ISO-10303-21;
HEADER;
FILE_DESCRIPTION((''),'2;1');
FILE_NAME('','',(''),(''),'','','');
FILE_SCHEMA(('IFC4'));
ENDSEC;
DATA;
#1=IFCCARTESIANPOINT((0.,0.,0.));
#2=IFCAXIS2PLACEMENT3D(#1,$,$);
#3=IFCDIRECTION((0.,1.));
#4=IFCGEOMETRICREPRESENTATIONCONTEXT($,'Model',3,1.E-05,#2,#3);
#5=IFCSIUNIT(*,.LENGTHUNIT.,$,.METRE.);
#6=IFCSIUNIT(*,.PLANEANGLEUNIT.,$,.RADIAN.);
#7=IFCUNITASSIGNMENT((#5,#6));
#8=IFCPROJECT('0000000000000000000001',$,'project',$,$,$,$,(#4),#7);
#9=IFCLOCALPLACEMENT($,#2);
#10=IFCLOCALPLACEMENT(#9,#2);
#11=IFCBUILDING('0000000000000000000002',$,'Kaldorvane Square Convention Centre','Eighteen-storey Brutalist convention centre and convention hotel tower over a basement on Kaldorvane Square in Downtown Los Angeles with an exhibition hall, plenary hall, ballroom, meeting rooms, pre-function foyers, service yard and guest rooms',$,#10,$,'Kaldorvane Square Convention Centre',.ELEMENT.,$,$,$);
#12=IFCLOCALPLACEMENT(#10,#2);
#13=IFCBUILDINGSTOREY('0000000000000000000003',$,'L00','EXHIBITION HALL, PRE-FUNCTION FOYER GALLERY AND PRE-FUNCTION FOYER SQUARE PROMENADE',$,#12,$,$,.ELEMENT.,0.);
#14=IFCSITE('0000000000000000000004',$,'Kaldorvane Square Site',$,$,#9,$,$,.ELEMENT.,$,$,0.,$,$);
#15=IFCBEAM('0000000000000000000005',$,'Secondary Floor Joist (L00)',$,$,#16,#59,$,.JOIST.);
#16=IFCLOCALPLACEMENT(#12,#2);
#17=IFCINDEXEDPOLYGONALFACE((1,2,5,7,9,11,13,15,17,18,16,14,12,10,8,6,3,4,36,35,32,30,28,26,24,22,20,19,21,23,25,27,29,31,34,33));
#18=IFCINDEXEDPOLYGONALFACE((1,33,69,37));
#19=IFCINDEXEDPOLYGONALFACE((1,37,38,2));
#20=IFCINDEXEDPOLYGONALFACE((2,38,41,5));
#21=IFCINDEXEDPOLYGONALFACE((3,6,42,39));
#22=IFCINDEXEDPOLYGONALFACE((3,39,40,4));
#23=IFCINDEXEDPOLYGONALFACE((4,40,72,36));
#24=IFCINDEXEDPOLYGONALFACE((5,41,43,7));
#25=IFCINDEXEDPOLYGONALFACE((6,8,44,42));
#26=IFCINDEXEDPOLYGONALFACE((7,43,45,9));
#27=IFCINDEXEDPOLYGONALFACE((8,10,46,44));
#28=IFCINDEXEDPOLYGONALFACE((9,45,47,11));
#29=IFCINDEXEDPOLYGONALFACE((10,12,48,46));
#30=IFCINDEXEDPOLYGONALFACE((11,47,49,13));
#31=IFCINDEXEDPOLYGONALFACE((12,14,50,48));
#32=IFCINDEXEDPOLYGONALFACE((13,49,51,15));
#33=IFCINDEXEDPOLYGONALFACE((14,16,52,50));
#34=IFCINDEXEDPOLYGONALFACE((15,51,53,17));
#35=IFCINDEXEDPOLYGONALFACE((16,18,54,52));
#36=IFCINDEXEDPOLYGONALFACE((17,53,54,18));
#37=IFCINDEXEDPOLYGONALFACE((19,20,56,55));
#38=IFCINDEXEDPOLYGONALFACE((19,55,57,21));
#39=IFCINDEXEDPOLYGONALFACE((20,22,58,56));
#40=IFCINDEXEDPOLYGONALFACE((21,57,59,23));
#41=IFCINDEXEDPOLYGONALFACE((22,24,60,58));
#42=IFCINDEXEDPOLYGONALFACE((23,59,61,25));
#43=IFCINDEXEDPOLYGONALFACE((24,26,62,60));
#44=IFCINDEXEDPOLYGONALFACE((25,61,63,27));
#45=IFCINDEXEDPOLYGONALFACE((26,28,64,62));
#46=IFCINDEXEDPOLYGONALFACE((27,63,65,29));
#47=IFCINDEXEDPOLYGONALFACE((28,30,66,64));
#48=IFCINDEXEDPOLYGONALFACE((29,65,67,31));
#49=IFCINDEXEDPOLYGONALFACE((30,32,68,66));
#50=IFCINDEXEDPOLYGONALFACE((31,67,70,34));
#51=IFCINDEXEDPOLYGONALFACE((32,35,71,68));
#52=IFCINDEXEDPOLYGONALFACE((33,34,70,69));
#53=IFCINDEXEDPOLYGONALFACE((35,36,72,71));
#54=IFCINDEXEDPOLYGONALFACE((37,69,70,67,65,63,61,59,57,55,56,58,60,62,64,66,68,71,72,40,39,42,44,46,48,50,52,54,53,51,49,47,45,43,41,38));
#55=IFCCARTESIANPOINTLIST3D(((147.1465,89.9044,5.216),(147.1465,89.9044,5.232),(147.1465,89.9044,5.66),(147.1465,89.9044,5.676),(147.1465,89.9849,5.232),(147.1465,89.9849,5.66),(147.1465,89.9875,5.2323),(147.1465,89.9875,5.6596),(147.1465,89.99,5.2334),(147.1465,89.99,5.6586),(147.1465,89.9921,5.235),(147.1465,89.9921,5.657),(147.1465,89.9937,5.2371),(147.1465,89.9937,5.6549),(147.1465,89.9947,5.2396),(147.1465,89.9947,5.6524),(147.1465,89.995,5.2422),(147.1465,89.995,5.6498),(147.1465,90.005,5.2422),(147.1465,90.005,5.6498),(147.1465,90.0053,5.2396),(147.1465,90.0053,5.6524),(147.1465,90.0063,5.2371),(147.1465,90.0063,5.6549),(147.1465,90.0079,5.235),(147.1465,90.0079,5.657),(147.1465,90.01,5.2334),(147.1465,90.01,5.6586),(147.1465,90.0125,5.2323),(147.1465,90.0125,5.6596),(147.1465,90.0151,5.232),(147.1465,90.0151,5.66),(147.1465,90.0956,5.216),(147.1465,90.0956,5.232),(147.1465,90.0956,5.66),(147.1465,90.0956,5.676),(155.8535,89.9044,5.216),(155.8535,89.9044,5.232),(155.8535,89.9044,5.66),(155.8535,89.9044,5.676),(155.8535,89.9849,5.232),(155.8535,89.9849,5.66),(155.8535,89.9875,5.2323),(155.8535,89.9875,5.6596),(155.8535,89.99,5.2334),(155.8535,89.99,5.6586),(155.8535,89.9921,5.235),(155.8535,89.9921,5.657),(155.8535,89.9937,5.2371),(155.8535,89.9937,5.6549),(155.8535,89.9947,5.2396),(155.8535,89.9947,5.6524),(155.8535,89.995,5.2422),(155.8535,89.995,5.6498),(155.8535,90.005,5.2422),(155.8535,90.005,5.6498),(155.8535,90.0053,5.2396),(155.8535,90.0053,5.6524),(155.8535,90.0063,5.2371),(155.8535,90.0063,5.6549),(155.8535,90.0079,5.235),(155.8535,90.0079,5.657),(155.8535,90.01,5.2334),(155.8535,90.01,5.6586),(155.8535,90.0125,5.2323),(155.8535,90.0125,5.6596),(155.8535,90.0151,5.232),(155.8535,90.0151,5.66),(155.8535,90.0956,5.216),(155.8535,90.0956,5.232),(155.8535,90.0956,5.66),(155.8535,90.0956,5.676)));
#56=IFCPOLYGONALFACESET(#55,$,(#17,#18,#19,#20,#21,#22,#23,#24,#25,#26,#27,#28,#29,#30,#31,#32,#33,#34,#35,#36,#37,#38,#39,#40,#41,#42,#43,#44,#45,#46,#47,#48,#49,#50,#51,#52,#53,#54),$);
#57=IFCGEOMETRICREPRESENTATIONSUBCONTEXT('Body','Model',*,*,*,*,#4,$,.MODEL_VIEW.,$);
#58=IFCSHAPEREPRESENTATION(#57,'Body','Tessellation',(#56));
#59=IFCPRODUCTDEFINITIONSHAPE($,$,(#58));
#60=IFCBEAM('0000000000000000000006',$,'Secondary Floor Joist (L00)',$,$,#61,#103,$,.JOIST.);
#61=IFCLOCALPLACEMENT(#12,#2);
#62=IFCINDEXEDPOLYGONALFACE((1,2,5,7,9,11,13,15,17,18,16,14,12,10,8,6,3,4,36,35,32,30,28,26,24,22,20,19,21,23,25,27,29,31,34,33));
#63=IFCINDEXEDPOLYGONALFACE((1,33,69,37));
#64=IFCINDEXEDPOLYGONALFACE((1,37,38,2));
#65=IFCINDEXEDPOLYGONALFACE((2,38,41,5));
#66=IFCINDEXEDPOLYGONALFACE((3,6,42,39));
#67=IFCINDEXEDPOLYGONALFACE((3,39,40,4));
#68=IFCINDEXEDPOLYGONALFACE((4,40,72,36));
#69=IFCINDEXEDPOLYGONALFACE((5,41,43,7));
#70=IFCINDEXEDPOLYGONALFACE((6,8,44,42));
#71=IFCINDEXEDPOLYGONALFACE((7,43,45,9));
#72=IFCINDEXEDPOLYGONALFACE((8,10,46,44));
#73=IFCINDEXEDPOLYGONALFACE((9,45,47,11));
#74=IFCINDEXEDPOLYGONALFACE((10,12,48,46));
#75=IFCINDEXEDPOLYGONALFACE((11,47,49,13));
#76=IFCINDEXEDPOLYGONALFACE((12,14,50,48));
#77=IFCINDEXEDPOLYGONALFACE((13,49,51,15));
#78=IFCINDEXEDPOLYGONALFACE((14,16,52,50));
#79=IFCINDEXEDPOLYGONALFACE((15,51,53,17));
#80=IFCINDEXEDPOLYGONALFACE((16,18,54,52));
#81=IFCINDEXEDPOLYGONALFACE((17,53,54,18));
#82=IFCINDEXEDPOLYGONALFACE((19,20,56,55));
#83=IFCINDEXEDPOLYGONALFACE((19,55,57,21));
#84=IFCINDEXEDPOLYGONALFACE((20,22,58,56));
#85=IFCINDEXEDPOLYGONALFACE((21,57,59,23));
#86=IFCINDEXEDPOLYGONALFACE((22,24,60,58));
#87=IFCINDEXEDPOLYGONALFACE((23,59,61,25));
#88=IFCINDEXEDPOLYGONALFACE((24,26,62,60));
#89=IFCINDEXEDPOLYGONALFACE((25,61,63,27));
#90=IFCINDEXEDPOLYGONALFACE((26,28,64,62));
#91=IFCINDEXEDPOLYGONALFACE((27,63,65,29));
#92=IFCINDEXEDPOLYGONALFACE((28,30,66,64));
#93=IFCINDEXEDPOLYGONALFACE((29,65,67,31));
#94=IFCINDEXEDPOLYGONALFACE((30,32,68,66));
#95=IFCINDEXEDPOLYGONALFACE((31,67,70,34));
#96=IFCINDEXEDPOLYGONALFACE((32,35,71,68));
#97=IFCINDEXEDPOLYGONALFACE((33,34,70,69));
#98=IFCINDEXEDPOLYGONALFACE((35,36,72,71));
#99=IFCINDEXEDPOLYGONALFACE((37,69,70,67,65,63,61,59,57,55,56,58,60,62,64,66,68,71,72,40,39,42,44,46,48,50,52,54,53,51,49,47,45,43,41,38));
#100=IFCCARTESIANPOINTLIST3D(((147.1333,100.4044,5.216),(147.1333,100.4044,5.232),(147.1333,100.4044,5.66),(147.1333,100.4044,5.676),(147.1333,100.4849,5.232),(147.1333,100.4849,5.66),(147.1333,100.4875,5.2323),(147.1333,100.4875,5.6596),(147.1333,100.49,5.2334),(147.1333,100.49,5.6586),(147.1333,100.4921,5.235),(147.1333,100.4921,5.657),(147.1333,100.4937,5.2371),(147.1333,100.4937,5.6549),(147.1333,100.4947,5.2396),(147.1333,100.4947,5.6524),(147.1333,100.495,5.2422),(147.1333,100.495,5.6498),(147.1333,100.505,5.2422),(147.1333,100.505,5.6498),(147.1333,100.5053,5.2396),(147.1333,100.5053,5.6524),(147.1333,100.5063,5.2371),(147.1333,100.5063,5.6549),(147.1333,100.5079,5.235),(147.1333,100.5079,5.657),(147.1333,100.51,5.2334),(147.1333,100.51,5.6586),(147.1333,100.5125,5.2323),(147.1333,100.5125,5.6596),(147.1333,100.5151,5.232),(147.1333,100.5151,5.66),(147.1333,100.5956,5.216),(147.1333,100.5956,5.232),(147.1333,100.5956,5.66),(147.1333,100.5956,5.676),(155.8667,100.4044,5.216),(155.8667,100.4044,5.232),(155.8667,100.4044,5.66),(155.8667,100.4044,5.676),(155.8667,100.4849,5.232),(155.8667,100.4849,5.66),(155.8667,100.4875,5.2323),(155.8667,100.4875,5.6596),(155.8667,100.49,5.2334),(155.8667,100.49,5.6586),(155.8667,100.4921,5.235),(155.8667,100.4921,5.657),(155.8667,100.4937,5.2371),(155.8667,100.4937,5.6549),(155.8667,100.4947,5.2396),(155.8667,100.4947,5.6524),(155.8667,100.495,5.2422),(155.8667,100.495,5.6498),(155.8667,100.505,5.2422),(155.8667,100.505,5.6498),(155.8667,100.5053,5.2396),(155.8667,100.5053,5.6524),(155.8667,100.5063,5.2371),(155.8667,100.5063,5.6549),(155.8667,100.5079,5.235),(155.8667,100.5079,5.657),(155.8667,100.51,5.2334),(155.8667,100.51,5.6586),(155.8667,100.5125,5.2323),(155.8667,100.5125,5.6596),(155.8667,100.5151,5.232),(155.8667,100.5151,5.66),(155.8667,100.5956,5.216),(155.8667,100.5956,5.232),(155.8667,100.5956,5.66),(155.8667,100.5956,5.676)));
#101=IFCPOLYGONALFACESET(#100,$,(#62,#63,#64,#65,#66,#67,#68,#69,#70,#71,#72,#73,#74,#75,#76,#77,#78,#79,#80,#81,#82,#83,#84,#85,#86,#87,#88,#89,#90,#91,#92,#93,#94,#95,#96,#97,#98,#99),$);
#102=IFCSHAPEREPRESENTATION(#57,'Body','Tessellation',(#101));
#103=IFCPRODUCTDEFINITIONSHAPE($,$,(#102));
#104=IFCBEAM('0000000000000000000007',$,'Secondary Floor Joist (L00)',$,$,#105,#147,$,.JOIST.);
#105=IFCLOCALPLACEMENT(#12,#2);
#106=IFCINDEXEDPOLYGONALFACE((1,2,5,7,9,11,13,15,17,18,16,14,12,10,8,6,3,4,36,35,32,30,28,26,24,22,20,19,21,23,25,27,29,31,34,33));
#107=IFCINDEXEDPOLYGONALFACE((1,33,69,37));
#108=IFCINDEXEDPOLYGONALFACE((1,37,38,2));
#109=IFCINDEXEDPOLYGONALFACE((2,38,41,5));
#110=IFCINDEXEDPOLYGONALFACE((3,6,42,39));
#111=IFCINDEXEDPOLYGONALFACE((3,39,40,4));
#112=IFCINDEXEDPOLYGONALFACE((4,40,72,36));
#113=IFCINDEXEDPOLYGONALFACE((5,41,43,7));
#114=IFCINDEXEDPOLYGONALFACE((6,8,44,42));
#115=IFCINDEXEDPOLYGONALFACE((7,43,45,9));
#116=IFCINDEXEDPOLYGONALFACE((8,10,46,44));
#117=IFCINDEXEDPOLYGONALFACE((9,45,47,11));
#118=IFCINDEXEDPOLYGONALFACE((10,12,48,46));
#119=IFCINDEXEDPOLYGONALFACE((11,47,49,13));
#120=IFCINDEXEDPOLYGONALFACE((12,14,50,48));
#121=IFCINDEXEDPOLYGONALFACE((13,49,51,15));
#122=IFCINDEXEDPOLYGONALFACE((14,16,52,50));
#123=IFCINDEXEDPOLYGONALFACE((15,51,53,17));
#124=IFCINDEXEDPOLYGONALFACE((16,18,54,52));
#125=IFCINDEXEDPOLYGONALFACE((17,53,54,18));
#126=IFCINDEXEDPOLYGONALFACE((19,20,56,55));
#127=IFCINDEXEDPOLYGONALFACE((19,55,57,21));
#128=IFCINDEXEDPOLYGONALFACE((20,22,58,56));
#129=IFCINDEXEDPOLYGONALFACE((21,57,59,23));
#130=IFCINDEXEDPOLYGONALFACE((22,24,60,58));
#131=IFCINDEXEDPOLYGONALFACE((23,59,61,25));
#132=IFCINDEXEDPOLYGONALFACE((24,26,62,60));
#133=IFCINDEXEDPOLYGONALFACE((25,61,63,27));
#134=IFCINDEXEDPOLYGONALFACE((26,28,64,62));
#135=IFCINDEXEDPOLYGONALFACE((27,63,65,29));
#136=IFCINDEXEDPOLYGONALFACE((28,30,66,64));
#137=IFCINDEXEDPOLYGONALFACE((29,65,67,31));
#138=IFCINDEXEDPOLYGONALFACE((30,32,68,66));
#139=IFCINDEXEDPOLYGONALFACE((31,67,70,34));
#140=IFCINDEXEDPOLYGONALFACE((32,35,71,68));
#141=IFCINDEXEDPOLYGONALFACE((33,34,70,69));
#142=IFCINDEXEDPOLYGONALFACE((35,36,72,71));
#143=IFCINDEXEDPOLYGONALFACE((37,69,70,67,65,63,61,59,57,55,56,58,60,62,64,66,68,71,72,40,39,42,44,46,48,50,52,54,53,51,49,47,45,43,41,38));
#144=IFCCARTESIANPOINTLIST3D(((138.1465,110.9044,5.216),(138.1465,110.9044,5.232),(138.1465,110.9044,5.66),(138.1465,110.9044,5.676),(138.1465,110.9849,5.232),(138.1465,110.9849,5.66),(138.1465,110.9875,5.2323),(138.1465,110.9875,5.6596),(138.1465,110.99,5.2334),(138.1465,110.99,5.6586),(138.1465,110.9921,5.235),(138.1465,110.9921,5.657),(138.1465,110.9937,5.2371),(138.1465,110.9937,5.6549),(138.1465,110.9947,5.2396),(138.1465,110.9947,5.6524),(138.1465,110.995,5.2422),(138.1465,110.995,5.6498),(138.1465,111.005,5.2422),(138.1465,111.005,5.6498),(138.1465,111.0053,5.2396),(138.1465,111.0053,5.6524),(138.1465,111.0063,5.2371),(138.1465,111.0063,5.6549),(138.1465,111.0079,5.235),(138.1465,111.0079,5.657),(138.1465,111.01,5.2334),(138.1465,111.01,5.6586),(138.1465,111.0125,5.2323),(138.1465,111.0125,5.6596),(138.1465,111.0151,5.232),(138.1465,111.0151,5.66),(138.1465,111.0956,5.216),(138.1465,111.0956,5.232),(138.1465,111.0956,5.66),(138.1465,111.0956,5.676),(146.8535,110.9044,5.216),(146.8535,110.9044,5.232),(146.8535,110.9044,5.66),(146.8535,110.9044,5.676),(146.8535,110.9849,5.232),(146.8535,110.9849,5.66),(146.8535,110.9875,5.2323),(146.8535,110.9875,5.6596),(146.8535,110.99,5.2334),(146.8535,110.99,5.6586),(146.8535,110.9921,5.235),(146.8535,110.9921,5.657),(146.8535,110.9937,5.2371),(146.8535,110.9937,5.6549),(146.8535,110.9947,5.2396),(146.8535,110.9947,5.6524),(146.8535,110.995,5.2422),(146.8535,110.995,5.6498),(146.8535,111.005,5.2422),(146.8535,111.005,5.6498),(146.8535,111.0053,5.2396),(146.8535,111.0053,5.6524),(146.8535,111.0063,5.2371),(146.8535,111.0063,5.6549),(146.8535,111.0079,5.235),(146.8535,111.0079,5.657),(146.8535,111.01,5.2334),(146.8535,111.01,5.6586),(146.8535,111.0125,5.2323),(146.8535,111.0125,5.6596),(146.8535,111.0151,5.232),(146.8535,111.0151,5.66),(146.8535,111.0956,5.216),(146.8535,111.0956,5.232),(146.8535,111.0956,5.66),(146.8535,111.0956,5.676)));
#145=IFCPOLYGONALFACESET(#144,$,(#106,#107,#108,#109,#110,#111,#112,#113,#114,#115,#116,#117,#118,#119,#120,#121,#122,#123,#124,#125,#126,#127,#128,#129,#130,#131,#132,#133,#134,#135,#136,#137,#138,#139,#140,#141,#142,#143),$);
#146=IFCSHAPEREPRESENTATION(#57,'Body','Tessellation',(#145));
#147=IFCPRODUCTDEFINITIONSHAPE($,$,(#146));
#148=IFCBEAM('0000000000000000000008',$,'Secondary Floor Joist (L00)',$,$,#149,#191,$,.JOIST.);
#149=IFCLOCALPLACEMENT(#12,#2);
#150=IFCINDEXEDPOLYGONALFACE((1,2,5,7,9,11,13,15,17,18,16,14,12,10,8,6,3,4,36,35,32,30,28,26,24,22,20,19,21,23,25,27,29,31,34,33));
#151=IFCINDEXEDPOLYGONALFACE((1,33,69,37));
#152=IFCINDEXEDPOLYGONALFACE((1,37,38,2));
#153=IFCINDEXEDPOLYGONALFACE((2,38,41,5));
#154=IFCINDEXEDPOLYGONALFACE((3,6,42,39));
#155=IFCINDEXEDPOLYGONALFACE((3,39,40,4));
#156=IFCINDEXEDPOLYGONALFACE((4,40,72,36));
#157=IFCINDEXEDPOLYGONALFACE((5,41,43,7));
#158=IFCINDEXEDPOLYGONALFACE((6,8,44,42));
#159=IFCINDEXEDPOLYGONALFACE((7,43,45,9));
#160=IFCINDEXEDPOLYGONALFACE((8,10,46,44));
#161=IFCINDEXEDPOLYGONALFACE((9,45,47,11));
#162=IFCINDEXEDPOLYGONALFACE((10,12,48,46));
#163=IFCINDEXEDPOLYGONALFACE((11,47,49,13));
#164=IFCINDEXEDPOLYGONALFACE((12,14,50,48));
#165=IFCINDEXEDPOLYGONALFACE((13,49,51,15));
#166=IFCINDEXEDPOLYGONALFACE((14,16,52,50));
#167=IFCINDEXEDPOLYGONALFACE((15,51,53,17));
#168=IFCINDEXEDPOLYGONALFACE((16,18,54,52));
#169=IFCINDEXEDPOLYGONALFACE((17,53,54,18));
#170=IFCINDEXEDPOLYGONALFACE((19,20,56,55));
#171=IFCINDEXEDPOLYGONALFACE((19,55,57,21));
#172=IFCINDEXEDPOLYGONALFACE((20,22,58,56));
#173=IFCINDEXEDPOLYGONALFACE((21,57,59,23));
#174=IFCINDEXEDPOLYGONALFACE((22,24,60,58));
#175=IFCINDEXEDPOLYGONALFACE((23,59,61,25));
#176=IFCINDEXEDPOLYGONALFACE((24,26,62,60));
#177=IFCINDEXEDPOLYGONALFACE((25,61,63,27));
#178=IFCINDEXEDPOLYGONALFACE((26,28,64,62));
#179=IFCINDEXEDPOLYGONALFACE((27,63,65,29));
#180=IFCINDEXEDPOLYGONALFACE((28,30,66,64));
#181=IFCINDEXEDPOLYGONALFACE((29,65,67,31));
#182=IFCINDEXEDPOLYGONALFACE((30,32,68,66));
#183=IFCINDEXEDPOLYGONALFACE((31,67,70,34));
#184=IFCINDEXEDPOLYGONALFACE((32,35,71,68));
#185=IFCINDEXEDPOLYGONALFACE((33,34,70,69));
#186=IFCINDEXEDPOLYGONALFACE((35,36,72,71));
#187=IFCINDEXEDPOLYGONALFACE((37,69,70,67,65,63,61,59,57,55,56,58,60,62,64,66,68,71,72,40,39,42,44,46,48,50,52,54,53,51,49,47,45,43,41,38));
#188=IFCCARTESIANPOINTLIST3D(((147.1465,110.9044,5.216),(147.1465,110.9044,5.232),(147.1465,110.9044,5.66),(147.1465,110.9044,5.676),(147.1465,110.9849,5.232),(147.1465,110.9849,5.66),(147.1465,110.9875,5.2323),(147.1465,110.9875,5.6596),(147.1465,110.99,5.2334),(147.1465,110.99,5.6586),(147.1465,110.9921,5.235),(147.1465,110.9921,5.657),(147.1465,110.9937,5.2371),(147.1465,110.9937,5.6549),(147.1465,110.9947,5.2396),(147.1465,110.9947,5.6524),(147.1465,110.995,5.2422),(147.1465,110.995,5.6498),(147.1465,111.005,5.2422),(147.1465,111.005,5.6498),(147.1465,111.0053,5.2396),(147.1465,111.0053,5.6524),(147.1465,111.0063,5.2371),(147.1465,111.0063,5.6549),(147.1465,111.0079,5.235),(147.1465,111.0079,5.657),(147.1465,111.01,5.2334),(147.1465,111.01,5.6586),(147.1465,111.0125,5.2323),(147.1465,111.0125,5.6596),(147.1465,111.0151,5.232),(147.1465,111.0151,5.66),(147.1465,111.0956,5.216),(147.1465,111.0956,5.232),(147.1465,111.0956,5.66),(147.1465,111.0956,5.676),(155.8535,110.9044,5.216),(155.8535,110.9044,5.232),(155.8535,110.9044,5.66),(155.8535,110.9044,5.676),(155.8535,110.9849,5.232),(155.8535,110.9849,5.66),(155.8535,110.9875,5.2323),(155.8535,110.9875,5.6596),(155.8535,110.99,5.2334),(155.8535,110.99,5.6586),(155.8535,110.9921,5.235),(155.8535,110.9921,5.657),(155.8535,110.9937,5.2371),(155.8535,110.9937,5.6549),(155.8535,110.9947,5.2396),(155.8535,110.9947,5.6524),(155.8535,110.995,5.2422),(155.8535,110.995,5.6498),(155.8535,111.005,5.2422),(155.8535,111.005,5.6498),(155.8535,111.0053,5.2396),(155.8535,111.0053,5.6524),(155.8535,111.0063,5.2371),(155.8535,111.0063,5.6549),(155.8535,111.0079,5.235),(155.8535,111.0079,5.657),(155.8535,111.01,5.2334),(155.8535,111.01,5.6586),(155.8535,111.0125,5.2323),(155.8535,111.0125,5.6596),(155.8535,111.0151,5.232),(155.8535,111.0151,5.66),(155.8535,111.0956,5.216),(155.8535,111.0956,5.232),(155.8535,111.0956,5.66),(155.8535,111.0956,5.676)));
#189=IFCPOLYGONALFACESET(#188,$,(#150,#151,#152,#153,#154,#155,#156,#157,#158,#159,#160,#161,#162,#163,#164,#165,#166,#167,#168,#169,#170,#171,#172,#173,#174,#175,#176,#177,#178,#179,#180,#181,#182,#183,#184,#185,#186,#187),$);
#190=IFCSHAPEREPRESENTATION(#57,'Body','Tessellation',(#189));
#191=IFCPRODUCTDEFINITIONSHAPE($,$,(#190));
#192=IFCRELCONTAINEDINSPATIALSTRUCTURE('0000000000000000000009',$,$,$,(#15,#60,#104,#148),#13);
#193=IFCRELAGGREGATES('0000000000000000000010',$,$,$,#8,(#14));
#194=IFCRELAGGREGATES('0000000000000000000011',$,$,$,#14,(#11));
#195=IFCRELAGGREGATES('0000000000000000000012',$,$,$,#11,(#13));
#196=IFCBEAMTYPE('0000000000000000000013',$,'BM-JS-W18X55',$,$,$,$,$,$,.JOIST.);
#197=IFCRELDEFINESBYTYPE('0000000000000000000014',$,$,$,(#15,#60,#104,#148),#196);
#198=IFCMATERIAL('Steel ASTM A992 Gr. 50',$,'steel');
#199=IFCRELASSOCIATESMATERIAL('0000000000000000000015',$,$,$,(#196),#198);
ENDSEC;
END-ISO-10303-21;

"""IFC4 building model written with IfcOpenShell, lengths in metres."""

from ifc_helpers import new_model, si_unit, direction, frame, origin, origin_2d, place, context, subcontext, project, spatial, i_section, extrude, material, material_profile, profile_set, type_object, element, save


model = new_model("IFC4")

# Units and contexts
model_context = context("Model", 3, precision=1e-05, world=origin(), true_north=direction((0.0, 1.0)))
body_context = subcontext(model_context, "Body", "Model", "MODEL_VIEW")
ifc_project = project(units=[si_unit("LENGTHUNIT", "METRE"), si_unit("PLANEANGLEUNIT", "RADIAN")], contexts=[model_context])

# Site, building, storey
site_placement = place(None, origin())
site = spatial("IfcSite", under=ifc_project, at=site_placement, Name="Kaldorvane Square Site", CompositionType="ELEMENT", RefElevation=0.0)
building_placement = place(site_placement, origin())
building = spatial("IfcBuilding", under=site, at=building_placement, Name="Kaldorvane Square Convention Centre", Description="Eighteen-storey Brutalist convention centre and convention hotel tower over a basement on Kaldorvane Square in Downtown Los Angeles with an exhibition hall, plenary hall, ballroom, meeting rooms, pre-function foyers, service yard and guest rooms", LongName="Kaldorvane Square Convention Centre", CompositionType="ELEMENT")
storey_placement = place(building_placement, origin())
storey = spatial("IfcBuildingStorey", under=building, at=storey_placement, Name="L00", Description="EXHIBITION HALL, PRE-FUNCTION FOYER GALLERY AND PRE-FUNCTION FOYER SQUARE PROMENADE", CompositionType="ELEMENT", Elevation=0.0)

# Shared definitions
ifc_material_1 = material(Name="Steel ASTM A992 Gr. 50", Category="steel")

# Beams
ifc_material_profile_1 = material_profile(ifc_material_1, i_section(OverallWidth=0.1913, OverallDepth=0.46, WebThickness=0.0099, FlangeThickness=0.016, FilletRadius=0.0102, at=origin_2d()), Name="W18X55")
ifc_profile_set_1 = profile_set([ifc_material_profile_1], Name="Steel ASTM A992 Gr. 50")
beam_type_1 = type_object("IfcBeamType", Name="BM-JS-W18X55", PredefinedType="JOIST", material=ifc_profile_set_1)
beam_1_placement = place(storey_placement, frame((147.1465, 90.0, 5.446), z_axis=(1.0, 0.0, 0.0), x_axis=(0.0, 1.0, 0.0)))
element("IfcBeam", 1, at=beam_1_placement, inside=storey, type_object=beam_type_1, Name="Secondary Floor Joist (L00)", PredefinedType="JOIST", context=body_context, shape_type="SweptSolid", body=[
    extrude(i_section(OverallWidth=0.1913, OverallDepth=0.46, WebThickness=0.0099, FlangeThickness=0.016, FilletRadius=0.0102, at=origin_2d()), origin(), (0.0, 0.0, 1.0), 8.707),
])
beam_2_placement = place(storey_placement, frame((147.1333, 100.5, 5.446), z_axis=(1.0, 0.0, 0.0), x_axis=(0.0, 1.0, 0.0)))
element("IfcBeam", 2, at=beam_2_placement, inside=storey, type_object=beam_type_1, Name="Secondary Floor Joist (L00)", PredefinedType="JOIST", context=body_context, shape_type="SweptSolid", body=[
    extrude(i_section(OverallWidth=0.1913, OverallDepth=0.46, WebThickness=0.0099, FlangeThickness=0.016, FilletRadius=0.0102, at=origin_2d()), origin(), (0.0, 0.0, 1.0), 8.7334),
])
for number, where, z_axis, x_axis, name in (
    (3, (138.1465, 111.0, 5.446), (1.0, 0.0, 0.0), (0.0, 1.0, 0.0), "Secondary Floor Joist (L00)"),
    (4, (147.1465, 111.0, 5.446), (1.0, 0.0, 0.0), (0.0, 1.0, 0.0), "Secondary Floor Joist (L00)"),
):
    element("IfcBeam", number, at=place(storey_placement, frame(where, z_axis=z_axis, x_axis=x_axis)), inside=storey, type_object=beam_type_1, Name=name, PredefinedType="JOIST", context=body_context, shape_type="SweptSolid", body=[
        extrude(i_section(OverallWidth=0.1913, OverallDepth=0.46, WebThickness=0.0099, FlangeThickness=0.016, FilletRadius=0.0102, at=origin_2d()), origin(), (0.0, 0.0, 1.0), 8.707),
    ])

save(model, "model.ifc")
